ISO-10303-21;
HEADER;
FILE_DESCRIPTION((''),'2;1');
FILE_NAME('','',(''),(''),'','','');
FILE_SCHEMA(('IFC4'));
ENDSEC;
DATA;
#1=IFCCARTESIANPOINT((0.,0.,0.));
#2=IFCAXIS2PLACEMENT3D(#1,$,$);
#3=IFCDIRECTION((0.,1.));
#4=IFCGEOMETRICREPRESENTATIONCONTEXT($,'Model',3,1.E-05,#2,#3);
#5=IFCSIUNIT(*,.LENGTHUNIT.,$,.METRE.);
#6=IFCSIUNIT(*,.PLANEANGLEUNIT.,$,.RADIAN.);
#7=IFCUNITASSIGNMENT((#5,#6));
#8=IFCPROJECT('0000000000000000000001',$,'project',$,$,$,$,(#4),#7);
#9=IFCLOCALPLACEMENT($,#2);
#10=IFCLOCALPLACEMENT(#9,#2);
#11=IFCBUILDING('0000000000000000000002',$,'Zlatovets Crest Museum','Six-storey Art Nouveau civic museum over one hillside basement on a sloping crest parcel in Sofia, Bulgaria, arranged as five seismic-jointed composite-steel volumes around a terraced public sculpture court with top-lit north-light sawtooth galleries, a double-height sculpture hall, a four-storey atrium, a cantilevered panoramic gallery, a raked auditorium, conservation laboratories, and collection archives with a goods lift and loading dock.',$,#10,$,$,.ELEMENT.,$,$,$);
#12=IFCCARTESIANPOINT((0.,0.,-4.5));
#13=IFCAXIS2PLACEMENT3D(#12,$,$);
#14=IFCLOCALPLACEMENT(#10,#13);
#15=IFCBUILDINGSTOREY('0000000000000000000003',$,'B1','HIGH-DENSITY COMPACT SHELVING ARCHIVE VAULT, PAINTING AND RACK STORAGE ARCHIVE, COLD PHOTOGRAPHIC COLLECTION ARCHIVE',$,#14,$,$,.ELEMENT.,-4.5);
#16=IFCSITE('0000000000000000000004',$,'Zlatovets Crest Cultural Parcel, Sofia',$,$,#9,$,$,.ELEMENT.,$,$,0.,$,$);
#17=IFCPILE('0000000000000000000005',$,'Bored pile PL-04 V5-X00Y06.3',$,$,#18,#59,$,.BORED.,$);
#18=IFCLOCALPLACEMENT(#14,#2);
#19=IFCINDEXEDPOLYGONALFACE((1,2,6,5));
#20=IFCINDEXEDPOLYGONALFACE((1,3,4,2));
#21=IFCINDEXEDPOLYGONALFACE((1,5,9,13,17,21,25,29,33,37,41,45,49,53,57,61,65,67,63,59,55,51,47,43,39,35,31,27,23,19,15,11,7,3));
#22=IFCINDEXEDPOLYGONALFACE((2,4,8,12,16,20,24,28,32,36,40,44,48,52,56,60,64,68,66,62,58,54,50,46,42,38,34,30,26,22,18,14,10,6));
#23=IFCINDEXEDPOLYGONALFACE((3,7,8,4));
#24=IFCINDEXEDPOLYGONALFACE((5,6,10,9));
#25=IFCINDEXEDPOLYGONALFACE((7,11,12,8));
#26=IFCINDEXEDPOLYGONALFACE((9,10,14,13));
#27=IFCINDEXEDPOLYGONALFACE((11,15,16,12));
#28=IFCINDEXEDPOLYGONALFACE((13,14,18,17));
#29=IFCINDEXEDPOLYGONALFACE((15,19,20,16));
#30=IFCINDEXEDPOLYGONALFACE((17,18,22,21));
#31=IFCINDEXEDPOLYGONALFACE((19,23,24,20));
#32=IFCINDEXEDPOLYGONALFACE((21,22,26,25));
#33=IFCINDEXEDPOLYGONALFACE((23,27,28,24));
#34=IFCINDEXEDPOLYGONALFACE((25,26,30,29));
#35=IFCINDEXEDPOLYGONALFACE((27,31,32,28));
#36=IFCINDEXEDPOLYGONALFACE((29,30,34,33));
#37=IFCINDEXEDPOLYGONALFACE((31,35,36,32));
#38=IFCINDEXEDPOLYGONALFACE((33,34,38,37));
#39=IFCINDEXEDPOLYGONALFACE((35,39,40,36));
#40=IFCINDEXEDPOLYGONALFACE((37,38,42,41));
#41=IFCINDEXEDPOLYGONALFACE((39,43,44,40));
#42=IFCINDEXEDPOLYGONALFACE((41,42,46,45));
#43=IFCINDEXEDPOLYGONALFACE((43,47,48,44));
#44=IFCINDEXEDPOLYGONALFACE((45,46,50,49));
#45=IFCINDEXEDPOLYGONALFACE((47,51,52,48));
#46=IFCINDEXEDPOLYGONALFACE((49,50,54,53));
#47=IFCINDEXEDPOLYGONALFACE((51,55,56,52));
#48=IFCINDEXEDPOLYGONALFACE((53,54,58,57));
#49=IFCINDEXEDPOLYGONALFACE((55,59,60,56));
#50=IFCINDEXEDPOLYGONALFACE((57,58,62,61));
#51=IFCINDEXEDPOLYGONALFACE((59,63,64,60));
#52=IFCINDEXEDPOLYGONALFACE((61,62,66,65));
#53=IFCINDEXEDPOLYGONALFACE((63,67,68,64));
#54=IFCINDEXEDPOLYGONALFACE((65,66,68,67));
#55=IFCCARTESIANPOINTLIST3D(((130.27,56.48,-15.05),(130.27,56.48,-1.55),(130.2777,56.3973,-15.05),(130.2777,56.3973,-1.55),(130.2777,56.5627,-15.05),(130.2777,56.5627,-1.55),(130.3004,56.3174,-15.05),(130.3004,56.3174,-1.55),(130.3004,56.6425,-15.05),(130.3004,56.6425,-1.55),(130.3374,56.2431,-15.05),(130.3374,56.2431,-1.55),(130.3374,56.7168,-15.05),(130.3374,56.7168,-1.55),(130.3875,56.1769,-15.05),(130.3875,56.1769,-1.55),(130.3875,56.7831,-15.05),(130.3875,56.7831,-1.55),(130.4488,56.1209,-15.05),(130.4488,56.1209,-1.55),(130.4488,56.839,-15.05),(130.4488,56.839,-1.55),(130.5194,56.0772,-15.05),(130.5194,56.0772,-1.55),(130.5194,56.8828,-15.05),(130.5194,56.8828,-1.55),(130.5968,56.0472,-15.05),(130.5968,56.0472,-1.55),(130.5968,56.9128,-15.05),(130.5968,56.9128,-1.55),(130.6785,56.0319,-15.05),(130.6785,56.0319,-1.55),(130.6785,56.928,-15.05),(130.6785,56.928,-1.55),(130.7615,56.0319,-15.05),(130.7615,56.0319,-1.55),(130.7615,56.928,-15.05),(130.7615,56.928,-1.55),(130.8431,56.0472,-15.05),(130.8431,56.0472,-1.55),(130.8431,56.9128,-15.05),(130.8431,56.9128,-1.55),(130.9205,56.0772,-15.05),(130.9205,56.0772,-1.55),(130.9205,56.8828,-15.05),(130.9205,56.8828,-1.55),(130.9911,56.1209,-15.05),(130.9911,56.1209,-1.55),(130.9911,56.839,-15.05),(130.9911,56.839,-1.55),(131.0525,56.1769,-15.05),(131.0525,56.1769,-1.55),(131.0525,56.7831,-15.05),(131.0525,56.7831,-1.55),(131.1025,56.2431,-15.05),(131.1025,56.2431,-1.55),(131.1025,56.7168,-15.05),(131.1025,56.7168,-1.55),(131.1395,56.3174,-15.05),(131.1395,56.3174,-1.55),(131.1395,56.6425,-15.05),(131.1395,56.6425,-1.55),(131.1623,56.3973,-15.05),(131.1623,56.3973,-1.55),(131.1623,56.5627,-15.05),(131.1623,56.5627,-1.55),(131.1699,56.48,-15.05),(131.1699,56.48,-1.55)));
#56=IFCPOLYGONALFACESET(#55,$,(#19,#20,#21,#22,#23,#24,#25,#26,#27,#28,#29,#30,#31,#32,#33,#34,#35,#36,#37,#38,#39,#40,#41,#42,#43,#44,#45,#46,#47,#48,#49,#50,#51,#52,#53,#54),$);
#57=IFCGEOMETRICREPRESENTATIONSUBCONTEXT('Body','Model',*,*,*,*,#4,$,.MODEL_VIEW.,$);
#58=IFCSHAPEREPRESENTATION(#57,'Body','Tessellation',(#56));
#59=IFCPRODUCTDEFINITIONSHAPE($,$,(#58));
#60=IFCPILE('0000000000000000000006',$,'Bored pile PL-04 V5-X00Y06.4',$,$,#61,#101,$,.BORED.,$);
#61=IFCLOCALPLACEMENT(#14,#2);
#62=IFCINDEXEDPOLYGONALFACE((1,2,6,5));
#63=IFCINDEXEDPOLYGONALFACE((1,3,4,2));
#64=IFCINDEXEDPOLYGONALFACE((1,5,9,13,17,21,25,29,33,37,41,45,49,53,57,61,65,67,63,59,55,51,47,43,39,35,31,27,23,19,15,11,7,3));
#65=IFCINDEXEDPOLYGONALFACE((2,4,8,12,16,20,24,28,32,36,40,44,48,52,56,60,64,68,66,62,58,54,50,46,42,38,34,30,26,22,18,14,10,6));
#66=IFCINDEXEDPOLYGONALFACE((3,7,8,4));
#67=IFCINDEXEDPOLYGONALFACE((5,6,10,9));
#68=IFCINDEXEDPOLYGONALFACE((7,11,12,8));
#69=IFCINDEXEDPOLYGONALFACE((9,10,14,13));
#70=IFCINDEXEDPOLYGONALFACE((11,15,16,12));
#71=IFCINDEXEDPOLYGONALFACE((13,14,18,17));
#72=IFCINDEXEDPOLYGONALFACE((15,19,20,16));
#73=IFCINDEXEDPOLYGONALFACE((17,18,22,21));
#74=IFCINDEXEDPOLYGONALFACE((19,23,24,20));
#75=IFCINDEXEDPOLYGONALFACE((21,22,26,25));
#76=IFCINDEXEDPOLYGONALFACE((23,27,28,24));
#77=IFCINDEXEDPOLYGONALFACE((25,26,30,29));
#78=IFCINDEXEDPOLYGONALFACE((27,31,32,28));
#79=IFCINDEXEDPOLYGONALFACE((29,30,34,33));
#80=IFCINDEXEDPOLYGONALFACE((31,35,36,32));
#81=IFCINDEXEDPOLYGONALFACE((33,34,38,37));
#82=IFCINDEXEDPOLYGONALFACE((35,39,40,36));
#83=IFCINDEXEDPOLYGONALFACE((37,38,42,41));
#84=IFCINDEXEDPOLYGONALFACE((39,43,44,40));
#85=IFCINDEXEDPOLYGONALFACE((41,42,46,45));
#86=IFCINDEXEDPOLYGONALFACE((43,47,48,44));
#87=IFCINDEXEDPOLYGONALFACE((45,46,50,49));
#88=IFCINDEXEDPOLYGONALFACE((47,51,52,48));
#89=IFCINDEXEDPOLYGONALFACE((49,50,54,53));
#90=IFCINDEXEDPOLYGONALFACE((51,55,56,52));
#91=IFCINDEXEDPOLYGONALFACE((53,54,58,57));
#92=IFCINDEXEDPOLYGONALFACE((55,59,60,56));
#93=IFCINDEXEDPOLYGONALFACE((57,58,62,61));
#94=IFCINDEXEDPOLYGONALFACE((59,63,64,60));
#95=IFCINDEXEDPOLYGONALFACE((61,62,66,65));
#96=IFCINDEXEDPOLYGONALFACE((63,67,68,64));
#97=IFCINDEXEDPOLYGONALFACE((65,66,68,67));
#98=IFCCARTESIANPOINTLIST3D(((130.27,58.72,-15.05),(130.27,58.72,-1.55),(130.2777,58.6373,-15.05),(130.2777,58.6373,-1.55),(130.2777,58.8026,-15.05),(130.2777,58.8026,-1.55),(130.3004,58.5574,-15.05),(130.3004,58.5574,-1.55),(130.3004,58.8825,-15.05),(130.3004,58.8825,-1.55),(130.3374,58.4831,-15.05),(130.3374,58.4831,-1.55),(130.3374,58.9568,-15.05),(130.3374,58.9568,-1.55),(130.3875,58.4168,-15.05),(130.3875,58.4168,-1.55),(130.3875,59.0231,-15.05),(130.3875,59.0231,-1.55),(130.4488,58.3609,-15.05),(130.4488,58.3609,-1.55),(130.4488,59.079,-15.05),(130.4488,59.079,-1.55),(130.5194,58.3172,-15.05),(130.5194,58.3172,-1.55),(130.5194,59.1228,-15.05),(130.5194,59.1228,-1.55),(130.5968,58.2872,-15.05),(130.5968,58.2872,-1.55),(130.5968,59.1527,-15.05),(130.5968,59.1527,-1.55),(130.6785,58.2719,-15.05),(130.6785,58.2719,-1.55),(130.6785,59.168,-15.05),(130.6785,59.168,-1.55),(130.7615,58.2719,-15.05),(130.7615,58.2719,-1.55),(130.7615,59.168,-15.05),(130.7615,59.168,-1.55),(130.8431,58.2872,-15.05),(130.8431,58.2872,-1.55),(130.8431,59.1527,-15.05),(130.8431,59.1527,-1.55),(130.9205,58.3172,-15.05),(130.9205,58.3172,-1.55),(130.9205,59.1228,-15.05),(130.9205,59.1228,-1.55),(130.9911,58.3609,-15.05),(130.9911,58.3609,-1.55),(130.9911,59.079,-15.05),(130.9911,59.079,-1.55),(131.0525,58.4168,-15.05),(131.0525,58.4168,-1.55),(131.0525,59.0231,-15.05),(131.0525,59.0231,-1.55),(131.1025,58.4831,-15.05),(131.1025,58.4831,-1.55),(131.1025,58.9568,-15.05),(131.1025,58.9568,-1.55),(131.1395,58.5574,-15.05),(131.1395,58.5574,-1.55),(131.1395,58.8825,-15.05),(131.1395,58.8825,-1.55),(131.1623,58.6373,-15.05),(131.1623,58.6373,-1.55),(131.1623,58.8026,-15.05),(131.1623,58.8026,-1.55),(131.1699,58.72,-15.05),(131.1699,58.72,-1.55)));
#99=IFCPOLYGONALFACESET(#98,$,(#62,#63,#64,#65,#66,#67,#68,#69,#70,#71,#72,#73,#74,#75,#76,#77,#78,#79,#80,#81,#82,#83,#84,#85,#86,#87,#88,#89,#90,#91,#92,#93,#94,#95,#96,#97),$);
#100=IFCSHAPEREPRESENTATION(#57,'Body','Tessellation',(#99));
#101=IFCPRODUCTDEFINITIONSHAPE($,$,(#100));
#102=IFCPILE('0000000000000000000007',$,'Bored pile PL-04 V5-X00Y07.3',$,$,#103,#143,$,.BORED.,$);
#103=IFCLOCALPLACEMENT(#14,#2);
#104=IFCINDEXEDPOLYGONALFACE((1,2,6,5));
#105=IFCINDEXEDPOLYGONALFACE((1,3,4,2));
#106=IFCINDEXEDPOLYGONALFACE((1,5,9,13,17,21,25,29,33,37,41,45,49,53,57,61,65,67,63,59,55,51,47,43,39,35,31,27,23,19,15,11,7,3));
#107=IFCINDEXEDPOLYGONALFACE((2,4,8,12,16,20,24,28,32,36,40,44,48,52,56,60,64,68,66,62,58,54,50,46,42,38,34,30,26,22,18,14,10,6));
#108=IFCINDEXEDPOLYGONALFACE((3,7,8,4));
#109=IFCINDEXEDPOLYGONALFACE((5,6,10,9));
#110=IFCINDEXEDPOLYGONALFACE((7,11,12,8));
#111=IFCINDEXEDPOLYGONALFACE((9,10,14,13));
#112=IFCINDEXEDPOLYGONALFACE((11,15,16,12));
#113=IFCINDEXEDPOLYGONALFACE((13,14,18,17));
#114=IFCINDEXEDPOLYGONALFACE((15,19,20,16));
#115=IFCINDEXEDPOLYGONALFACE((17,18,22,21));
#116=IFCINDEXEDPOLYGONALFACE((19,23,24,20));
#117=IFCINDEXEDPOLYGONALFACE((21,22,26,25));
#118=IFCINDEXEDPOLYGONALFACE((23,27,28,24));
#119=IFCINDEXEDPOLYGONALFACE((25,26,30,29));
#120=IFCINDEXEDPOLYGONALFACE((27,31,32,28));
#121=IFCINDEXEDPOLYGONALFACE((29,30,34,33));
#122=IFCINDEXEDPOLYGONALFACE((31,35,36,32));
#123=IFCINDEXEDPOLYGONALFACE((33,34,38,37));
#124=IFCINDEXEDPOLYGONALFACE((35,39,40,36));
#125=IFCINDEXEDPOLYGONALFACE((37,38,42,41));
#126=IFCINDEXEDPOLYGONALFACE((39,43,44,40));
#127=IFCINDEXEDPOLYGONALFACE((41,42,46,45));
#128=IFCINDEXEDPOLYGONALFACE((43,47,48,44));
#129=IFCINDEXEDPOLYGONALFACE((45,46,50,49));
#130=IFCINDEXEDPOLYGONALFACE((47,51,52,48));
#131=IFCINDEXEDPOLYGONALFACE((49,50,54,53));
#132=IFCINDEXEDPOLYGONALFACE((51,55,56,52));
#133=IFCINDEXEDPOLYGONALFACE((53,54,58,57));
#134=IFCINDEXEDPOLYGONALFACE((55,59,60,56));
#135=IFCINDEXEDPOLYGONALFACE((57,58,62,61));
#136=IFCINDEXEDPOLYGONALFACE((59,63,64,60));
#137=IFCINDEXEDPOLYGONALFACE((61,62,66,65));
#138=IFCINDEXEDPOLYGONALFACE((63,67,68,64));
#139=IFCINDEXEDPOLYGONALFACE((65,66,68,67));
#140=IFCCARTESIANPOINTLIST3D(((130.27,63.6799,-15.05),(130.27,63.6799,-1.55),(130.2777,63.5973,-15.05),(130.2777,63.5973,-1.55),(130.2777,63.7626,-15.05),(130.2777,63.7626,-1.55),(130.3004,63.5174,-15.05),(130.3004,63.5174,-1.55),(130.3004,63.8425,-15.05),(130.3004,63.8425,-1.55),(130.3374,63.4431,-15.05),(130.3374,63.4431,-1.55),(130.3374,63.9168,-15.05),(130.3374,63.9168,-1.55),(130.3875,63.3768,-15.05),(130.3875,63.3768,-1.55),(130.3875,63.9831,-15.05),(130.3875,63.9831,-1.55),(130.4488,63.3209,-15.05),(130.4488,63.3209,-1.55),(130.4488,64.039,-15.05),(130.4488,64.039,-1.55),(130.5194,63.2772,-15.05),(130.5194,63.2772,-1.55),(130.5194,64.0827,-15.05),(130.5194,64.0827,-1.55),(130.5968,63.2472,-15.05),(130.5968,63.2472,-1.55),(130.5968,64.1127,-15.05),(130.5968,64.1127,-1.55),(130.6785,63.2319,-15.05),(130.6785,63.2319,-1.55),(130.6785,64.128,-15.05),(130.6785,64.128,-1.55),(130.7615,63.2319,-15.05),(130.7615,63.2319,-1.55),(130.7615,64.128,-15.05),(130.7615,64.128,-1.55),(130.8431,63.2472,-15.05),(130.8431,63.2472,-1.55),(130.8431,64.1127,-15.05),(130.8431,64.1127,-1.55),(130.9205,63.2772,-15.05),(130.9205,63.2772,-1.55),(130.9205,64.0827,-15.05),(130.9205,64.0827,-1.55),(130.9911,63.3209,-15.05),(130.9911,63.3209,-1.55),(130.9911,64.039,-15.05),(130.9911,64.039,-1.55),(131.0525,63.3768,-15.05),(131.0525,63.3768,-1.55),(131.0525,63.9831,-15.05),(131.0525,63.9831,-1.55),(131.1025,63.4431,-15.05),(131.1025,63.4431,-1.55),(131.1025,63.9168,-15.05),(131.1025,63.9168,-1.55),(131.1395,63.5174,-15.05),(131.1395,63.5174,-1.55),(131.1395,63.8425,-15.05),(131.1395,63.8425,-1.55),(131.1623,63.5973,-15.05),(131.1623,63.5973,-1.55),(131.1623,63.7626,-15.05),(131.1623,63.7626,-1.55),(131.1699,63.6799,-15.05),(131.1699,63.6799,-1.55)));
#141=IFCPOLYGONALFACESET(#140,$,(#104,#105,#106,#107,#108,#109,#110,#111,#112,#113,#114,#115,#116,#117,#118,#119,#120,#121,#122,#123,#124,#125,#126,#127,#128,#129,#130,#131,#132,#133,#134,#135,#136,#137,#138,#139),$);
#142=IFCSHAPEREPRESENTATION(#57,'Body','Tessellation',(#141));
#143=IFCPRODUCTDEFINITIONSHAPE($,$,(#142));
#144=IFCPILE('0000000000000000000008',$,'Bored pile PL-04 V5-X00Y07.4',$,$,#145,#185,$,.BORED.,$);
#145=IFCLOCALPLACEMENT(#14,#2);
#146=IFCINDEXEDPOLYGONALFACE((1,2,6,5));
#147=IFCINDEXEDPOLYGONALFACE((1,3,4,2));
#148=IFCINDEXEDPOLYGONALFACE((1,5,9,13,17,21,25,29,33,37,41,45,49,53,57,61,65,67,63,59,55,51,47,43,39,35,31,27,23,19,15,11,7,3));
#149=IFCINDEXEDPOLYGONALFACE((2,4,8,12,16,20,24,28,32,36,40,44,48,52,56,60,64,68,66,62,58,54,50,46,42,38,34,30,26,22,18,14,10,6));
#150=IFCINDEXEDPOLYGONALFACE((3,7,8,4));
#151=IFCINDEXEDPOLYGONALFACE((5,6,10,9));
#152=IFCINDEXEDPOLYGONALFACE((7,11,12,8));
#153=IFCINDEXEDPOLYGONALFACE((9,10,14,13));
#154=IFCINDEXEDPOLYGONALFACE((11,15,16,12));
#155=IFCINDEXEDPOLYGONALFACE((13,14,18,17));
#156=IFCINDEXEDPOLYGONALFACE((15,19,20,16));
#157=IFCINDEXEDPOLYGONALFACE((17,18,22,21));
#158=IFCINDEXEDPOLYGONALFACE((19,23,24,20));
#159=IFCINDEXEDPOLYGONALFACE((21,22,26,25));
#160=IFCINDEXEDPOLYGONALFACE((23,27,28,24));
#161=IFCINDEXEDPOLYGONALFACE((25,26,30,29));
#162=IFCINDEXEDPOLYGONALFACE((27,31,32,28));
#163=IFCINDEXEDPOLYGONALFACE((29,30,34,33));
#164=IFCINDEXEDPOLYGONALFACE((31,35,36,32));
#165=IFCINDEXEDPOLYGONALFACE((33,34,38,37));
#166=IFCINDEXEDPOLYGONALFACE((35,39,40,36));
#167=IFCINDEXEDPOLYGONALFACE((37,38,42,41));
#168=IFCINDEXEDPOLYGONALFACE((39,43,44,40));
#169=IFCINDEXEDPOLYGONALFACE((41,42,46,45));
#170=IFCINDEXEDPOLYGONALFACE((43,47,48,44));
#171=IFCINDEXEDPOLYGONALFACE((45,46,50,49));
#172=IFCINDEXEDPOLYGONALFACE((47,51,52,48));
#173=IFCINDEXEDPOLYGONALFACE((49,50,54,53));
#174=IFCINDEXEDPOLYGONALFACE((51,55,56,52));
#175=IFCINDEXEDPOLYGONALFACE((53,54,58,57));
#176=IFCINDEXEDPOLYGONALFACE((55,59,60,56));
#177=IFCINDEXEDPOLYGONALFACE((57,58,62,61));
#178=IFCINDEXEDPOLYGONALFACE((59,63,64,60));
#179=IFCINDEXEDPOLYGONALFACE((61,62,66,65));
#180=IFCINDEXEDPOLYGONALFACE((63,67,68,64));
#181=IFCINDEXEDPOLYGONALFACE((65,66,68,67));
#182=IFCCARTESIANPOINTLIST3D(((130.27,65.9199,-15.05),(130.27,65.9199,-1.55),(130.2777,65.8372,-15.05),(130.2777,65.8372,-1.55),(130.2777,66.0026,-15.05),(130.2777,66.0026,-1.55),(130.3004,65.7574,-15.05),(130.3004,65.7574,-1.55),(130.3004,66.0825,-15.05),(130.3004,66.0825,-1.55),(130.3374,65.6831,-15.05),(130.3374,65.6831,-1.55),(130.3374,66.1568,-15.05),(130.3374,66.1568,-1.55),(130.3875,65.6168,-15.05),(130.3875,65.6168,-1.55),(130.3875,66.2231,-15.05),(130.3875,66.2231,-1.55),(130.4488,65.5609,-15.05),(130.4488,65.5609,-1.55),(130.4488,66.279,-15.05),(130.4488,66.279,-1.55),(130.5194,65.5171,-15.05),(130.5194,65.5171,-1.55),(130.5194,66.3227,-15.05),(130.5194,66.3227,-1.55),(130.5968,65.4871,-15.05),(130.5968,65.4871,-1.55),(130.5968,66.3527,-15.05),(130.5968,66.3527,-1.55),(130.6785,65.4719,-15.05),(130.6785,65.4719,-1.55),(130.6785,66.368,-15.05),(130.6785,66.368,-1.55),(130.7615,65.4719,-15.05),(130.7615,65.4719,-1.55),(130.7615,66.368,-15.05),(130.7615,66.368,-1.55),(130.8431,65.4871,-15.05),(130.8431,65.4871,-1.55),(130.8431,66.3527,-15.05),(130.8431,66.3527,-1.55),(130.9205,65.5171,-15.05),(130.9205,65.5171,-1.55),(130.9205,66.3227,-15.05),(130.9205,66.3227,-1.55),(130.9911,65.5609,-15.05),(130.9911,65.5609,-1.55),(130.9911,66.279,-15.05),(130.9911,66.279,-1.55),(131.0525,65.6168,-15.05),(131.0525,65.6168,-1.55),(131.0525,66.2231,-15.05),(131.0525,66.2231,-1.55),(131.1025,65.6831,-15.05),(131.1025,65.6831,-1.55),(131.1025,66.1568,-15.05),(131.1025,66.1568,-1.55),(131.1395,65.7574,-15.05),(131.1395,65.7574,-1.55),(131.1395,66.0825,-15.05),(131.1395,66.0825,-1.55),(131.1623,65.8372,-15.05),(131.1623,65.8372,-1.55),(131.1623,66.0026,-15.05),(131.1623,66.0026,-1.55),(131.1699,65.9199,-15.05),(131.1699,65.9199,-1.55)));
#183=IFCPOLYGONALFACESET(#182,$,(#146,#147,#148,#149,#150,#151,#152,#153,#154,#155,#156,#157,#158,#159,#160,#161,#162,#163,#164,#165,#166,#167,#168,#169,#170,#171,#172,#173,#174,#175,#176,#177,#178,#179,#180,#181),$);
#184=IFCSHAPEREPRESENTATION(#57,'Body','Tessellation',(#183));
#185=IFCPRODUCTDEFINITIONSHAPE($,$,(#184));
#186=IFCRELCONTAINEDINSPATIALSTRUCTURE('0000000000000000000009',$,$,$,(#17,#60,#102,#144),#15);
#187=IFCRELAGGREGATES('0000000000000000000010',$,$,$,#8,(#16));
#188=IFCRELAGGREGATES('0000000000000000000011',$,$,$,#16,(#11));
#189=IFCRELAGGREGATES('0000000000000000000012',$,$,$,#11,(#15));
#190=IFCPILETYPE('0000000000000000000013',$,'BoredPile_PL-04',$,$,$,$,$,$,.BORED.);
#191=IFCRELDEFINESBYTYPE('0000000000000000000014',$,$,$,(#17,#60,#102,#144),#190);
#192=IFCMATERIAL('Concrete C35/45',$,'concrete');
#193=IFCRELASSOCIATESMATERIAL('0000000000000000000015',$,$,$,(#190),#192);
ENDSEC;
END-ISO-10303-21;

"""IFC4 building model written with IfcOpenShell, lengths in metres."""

from ifc_helpers import new_model, si_unit, direction, frame, origin, origin_2d, place, context, subcontext, project, spatial, circle, extrude, material, material_profile, profile_set, type_object, element, save


model = new_model("IFC4")

# Units and contexts
model_context = context("Model", 3, precision=1e-05, world=origin(), true_north=direction((0.0, 1.0)))
body_context = subcontext(model_context, "Body", "Model", "MODEL_VIEW")
ifc_project = project(units=[si_unit("LENGTHUNIT", "METRE"), si_unit("PLANEANGLEUNIT", "RADIAN")], contexts=[model_context])

# Site, building, storey
site_placement = place(None, origin())
site = spatial("IfcSite", under=ifc_project, at=site_placement, Name="Zlatovets Crest Cultural Parcel, Sofia", CompositionType="ELEMENT", RefElevation=0.0)
building_placement = place(site_placement, origin())
building = spatial("IfcBuilding", under=site, at=building_placement, Name="Zlatovets Crest Museum", Description="Six-storey Art Nouveau civic museum over one hillside basement on a sloping crest parcel in Sofia, Bulgaria, arranged as five seismic-jointed composite-steel volumes around a terraced public sculpture court with top-lit north-light sawtooth galleries, a double-height sculpture hall, a four-storey atrium, a cantilevered panoramic gallery, a raked auditorium, conservation laboratories, and collection archives with a goods lift and loading dock.", CompositionType="ELEMENT")
storey_placement = place(building_placement, frame((0.0, 0.0, -4.5)))
storey = spatial("IfcBuildingStorey", under=building, at=storey_placement, Name="B1", Description="HIGH-DENSITY COMPACT SHELVING ARCHIVE VAULT, PAINTING AND RACK STORAGE ARCHIVE, COLD PHOTOGRAPHIC COLLECTION ARCHIVE", CompositionType="ELEMENT", Elevation=-4.5)

# Piles
ifc_material = material(Name="Concrete C35/45", Category="concrete")
ifc_material_profile_1 = material_profile(ifc_material, circle(Radius=0.45, at=origin_2d()), Name="PILE D900")
ifc_profile_set_1 = profile_set([ifc_material_profile_1], Name="Concrete C35/45")
pile_type = type_object("IfcPileType", Name="BoredPile_PL-04", PredefinedType="BORED", material=ifc_profile_set_1)
for number, where, z_axis, x_axis, name in (
    (1, (130.72, 56.48, -1.55), (0.0, 0.0, -1.0), (1.0, 0.0, 0.0), "Bored pile PL-04 V5-X00Y06.3"),
    (2, (130.72, 58.72, -1.55), (0.0, 0.0, -1.0), (1.0, 0.0, 0.0), "Bored pile PL-04 V5-X00Y06.4"),
    (3, (130.72, 63.6799, -1.55), (0.0, 0.0, -1.0), (1.0, 0.0, 0.0), "Bored pile PL-04 V5-X00Y07.3"),
    (4, (130.72, 65.9199, -1.55), (0.0, 0.0, -1.0), (1.0, 0.0, 0.0), "Bored pile PL-04 V5-X00Y07.4"),
):
    element("IfcPile", number, at=place(storey_placement, frame(where, z_axis=z_axis, x_axis=x_axis)), inside=storey, type_object=pile_type, Name=name, PredefinedType="BORED", context=body_context, shape_type="SweptSolid", body=[
        extrude(circle(Radius=0.45, at=origin_2d()), origin(), (0.0, 0.0, 1.0), 13.5),
    ])

save(model, "model.ifc")
